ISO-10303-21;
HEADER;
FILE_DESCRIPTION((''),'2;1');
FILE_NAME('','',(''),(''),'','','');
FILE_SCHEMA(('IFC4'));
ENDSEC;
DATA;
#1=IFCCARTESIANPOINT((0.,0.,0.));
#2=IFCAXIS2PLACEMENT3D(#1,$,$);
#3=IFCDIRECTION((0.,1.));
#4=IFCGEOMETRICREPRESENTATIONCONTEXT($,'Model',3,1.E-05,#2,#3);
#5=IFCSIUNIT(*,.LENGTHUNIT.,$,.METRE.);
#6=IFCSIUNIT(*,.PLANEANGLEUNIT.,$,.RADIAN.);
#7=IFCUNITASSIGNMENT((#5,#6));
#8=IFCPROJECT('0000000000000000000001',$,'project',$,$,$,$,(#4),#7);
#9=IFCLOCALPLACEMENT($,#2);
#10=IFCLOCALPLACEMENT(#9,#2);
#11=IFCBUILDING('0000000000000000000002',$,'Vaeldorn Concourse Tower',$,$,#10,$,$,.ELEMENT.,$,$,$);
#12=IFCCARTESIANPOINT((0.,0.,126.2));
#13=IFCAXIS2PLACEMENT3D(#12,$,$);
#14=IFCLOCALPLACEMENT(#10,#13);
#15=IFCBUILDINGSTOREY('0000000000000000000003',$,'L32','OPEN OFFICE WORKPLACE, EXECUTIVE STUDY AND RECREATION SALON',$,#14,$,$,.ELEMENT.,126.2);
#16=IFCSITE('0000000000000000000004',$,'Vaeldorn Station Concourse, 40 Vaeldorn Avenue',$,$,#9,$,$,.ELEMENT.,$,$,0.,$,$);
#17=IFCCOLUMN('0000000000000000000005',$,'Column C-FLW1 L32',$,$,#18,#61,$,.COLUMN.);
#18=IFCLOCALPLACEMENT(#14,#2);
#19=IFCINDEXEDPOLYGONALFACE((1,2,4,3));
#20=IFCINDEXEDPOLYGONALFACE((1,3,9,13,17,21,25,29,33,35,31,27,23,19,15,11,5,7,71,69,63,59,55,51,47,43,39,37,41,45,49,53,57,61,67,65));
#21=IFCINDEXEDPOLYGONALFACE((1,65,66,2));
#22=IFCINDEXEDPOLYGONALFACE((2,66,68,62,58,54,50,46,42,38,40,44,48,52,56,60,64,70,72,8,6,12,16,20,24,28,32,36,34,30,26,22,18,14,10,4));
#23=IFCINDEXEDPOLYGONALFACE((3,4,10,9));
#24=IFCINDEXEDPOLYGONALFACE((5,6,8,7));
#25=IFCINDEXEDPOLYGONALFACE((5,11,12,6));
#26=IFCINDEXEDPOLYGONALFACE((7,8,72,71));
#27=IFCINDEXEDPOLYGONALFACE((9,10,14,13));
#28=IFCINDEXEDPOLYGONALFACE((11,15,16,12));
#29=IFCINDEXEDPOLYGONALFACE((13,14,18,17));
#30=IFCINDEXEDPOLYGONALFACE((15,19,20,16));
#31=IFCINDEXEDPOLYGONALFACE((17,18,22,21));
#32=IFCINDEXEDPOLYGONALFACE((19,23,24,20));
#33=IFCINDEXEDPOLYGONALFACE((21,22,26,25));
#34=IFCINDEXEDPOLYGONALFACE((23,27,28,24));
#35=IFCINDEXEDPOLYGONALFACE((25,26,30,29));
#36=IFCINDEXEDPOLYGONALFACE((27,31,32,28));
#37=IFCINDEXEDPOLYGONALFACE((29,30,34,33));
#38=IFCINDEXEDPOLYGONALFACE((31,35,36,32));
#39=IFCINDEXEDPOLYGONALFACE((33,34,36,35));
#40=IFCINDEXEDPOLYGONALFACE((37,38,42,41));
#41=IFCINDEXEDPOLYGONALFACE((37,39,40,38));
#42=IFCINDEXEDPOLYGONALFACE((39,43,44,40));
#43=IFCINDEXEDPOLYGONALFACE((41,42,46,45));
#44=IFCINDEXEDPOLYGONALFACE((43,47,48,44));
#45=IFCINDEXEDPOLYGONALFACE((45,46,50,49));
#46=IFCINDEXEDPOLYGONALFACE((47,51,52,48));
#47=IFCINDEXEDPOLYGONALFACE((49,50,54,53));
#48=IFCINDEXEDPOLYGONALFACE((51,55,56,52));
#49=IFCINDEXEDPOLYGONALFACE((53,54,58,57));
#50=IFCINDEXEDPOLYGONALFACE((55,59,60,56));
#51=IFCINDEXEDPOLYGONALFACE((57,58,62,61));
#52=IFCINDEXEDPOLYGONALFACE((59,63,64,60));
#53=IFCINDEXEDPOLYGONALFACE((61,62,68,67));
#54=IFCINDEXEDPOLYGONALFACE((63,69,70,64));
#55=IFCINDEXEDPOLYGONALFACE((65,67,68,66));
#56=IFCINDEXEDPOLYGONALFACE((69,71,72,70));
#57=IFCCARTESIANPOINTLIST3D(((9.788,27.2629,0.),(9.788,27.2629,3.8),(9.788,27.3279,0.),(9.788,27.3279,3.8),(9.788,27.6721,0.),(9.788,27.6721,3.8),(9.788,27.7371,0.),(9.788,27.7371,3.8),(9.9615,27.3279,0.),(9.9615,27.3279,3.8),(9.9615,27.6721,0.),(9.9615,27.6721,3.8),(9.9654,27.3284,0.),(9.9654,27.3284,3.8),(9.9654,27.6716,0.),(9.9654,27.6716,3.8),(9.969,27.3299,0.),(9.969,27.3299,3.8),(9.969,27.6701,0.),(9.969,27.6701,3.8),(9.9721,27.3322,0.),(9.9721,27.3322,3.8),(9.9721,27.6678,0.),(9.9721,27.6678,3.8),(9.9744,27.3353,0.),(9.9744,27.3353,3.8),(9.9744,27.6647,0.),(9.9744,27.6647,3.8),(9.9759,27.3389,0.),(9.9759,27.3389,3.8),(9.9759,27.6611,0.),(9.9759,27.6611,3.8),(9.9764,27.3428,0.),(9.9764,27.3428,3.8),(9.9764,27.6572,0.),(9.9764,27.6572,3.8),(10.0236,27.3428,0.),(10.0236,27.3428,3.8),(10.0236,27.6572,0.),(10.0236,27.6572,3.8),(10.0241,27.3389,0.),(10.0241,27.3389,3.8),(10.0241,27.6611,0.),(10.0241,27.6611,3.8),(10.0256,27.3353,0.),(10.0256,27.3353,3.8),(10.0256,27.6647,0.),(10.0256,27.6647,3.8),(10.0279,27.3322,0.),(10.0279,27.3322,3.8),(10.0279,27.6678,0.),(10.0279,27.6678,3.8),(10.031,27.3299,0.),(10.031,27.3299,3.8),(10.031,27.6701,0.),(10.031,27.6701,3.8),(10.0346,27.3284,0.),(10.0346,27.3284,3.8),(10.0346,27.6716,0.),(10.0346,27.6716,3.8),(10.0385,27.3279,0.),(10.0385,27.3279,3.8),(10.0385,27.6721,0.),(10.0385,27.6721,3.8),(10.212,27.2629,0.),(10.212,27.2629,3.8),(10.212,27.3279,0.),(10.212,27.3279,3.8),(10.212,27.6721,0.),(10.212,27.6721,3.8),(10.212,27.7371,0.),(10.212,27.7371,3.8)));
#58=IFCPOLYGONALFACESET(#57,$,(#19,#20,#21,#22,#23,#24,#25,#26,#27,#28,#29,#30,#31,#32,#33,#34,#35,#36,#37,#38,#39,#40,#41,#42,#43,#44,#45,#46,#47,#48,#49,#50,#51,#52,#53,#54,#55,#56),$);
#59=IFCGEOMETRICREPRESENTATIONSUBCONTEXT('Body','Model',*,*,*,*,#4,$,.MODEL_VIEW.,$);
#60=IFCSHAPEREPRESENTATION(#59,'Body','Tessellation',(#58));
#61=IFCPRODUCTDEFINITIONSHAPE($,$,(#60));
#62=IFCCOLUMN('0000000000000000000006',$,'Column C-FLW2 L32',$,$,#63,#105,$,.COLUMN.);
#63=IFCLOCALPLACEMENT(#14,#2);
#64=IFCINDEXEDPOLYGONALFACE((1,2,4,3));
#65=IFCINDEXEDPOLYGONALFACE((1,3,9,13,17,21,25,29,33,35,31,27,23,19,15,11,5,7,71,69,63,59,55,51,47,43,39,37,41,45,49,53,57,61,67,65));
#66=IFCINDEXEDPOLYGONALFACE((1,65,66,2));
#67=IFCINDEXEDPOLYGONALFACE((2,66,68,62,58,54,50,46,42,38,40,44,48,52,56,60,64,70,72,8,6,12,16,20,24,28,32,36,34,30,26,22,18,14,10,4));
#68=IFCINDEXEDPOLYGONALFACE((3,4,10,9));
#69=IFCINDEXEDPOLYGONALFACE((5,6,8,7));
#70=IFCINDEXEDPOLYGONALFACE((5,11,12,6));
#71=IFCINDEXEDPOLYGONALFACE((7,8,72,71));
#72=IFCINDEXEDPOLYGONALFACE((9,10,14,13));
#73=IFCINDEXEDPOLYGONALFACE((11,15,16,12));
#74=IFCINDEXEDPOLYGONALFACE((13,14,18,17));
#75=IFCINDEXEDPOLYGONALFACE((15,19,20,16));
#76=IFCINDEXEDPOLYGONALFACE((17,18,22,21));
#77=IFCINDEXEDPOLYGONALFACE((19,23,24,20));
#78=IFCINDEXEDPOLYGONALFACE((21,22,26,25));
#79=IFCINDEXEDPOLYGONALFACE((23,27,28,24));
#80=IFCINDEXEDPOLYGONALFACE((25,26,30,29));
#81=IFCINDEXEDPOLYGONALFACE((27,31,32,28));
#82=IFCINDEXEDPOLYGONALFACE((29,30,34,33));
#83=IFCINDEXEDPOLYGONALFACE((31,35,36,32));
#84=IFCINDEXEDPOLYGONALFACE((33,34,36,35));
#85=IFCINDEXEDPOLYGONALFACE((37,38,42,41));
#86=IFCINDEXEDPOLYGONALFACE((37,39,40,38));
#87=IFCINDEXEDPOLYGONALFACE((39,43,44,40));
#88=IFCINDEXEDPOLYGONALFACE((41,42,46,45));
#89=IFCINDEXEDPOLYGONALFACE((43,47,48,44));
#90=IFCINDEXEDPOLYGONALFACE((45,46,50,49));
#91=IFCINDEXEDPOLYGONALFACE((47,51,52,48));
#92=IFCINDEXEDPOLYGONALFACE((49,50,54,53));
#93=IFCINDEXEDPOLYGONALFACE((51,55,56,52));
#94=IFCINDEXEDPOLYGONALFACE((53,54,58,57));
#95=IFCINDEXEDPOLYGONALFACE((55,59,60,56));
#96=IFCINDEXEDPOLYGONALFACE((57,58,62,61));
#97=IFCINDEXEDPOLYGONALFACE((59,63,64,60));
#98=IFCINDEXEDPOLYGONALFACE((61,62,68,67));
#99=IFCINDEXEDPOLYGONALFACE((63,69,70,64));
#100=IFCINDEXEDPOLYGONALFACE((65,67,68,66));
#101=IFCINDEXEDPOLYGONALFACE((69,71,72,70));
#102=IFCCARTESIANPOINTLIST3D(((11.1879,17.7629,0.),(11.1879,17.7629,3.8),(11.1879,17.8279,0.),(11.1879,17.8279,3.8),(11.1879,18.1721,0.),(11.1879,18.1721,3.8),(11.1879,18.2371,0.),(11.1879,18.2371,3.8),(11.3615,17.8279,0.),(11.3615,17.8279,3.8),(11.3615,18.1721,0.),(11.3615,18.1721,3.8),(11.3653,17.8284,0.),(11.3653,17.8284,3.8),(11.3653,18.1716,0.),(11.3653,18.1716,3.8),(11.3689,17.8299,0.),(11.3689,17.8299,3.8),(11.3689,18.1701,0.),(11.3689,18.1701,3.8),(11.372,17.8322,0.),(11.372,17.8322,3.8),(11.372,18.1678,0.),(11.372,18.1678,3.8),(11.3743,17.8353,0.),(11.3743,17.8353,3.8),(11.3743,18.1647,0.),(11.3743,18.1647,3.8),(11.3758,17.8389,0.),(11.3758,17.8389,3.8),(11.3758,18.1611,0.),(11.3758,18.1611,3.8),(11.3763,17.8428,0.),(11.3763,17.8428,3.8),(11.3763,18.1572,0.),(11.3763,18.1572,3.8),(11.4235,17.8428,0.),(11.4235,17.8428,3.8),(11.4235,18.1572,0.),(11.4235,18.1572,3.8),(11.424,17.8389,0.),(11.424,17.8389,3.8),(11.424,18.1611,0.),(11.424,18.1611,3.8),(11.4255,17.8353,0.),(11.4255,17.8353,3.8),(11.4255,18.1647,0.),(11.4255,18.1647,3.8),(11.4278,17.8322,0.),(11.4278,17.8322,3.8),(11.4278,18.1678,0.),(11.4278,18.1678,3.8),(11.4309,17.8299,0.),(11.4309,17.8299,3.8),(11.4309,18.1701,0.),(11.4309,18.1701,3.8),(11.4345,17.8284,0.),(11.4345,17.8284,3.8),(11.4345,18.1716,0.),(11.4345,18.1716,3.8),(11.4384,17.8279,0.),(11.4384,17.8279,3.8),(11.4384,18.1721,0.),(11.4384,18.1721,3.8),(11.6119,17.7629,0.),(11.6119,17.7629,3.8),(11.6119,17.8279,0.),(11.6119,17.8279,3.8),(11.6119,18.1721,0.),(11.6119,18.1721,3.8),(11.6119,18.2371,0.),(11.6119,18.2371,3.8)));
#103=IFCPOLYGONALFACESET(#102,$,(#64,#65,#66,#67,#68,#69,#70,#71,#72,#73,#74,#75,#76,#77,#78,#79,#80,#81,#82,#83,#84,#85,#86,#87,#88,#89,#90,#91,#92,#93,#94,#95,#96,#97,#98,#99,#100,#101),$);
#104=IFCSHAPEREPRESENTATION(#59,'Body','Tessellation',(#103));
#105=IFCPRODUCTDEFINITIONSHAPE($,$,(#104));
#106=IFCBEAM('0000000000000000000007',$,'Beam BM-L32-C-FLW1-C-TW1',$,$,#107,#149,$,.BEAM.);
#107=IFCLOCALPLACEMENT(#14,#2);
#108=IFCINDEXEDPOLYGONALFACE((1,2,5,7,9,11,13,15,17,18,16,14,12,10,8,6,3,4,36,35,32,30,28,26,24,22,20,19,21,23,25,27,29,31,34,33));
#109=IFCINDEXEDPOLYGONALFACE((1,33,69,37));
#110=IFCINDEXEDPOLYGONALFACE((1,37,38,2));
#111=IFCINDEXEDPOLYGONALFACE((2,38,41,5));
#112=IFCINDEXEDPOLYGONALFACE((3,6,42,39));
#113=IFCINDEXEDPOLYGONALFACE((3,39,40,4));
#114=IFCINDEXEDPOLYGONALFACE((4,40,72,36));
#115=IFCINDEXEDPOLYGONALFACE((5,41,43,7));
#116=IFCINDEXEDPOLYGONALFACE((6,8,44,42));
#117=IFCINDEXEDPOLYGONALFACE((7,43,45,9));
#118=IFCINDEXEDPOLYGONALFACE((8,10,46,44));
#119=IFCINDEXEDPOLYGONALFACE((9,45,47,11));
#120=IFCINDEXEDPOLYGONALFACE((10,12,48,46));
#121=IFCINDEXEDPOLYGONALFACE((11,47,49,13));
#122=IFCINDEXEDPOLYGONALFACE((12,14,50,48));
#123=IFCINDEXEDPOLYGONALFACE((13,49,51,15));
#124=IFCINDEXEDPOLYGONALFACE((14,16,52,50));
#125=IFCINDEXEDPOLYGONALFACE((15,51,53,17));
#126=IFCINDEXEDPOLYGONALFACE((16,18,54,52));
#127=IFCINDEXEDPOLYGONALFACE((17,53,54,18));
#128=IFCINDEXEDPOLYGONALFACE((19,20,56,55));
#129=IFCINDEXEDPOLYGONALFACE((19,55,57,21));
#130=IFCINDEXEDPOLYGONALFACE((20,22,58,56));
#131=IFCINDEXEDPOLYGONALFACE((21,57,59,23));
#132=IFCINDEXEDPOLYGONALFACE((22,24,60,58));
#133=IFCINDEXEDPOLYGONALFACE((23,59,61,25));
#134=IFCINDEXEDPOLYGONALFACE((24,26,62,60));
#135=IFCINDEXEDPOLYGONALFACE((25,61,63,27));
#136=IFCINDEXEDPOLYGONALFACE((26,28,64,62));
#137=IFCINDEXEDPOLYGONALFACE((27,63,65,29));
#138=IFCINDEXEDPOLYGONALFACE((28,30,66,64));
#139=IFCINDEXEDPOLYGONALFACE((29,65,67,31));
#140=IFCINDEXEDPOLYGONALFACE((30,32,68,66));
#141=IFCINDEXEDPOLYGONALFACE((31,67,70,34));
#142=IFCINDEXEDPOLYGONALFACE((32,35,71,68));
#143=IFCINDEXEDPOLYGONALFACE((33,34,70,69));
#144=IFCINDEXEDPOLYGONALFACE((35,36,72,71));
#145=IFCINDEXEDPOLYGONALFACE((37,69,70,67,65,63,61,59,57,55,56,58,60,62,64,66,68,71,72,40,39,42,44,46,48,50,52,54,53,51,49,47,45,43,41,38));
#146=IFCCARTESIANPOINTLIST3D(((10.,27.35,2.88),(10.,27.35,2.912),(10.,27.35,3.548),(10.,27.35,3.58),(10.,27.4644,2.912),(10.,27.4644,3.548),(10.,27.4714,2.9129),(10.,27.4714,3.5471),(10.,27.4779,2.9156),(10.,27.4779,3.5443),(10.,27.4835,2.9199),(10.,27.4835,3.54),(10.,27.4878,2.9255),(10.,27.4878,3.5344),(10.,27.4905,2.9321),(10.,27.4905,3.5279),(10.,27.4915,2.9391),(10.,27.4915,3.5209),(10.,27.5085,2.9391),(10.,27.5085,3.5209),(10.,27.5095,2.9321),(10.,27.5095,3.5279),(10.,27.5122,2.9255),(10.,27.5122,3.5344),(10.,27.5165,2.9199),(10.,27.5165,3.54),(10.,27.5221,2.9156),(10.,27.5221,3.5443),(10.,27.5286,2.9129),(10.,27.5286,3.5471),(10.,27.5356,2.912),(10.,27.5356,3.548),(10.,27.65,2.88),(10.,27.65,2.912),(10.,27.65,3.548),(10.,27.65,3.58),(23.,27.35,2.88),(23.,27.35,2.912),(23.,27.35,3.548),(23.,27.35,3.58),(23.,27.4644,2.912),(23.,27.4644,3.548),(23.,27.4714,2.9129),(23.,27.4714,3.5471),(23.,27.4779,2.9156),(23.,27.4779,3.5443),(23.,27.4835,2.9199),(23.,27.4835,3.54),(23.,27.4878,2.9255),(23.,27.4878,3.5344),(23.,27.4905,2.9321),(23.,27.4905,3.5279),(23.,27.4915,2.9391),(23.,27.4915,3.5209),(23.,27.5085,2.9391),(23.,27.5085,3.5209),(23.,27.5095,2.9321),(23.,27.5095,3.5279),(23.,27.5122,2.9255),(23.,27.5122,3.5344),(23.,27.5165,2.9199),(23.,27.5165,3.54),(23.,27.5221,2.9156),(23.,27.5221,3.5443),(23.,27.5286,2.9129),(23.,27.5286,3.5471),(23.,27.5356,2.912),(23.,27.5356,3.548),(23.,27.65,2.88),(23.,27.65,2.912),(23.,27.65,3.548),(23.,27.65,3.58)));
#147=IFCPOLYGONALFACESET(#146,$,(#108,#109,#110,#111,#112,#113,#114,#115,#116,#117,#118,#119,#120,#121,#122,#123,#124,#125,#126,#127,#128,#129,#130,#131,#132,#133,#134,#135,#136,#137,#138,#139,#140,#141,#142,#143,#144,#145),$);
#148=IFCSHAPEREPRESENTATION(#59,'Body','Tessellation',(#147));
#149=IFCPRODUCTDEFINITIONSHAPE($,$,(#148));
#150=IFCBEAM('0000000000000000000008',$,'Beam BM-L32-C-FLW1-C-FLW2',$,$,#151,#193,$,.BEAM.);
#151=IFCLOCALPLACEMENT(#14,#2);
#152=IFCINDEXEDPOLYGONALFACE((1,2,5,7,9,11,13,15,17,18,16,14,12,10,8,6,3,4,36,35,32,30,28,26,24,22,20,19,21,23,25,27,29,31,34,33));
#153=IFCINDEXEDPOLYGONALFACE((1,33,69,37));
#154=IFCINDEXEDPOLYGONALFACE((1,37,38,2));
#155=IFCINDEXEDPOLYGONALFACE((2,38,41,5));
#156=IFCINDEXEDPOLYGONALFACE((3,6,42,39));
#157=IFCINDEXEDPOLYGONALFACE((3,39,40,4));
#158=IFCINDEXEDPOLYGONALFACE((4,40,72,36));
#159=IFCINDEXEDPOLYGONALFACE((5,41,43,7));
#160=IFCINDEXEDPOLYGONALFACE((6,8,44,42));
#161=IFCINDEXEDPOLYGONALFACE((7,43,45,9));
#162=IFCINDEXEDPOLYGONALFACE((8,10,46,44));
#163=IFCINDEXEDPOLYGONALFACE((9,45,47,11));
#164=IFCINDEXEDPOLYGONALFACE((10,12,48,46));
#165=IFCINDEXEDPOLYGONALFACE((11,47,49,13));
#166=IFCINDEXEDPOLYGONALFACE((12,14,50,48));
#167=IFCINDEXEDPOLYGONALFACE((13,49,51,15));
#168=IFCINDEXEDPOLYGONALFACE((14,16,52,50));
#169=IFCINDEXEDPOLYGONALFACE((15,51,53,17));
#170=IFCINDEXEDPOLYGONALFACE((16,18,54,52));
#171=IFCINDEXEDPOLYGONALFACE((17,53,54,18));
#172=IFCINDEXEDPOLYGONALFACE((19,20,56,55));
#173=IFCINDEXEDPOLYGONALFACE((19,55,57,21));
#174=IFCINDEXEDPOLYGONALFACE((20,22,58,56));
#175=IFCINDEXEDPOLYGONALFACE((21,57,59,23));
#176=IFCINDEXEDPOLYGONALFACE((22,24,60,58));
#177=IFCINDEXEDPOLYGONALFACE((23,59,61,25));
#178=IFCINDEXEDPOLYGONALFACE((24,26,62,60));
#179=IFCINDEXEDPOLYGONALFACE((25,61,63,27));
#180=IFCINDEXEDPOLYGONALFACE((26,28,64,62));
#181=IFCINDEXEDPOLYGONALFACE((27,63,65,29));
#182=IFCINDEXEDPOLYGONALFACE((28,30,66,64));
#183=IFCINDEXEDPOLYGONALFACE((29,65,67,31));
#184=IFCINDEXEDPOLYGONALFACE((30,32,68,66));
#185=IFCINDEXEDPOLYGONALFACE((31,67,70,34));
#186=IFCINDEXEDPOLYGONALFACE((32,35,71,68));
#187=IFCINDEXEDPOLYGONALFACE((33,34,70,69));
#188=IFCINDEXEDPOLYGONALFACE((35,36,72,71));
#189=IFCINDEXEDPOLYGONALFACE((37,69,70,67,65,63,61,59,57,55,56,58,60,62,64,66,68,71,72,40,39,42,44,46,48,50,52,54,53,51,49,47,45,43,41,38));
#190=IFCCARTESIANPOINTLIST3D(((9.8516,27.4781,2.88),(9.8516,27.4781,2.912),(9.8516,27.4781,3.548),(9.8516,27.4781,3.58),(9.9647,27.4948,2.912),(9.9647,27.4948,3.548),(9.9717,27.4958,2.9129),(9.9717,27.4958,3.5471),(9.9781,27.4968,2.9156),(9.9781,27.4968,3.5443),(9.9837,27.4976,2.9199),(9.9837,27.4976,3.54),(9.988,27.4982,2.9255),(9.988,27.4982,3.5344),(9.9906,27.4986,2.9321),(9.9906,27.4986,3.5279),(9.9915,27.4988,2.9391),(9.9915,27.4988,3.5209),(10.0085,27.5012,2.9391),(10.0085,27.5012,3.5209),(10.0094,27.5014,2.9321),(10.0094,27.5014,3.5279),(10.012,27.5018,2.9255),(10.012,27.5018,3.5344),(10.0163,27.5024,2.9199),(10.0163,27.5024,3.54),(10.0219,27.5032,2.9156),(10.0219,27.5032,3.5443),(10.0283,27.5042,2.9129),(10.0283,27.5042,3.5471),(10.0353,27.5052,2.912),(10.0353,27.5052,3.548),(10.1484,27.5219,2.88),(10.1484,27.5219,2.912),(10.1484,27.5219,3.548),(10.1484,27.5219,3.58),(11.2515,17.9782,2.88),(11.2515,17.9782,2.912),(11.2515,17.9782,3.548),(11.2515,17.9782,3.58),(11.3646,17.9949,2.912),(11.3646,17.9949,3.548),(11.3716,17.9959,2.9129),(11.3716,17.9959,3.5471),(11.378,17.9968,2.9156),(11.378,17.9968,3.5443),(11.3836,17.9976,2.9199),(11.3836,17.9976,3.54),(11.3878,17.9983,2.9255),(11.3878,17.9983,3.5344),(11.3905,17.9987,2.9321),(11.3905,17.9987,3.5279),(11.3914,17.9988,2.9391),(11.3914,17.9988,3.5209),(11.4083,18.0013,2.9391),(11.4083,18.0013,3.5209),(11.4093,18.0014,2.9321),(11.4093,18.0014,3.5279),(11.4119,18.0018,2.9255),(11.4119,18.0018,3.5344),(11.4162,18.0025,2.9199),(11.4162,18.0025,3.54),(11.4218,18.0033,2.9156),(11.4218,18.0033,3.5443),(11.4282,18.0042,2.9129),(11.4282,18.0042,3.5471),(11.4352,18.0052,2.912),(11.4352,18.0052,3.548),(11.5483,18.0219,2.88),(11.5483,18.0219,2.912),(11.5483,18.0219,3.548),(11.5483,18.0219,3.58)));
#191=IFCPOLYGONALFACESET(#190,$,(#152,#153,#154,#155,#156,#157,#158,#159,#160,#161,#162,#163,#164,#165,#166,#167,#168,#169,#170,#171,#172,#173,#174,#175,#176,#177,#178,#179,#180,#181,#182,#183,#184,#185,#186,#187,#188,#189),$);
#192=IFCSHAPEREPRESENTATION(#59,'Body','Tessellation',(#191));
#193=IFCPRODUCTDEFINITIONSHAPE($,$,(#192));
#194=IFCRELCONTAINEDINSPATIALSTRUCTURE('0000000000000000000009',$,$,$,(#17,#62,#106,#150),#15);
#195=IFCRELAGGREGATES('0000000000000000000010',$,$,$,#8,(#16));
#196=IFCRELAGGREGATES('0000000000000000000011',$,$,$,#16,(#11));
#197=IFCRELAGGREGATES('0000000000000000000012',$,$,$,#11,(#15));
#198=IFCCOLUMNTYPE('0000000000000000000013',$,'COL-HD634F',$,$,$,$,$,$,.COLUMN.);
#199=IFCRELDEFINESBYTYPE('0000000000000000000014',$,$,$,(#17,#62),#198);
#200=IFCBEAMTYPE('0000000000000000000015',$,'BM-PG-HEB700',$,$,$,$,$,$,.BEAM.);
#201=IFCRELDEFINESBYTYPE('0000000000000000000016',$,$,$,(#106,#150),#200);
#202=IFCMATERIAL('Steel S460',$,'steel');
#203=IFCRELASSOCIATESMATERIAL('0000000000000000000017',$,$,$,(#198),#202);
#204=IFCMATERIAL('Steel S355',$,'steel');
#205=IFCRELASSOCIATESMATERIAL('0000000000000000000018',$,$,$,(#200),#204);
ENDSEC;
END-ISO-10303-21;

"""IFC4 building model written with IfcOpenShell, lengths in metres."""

from ifc_helpers import new_model, si_unit, direction, frame, origin, origin_2d, place, context, subcontext, project, spatial, i_section, extrude, source, transform, mapped, material, material_profile, profile_set, type_object, element, save


model = new_model("IFC4")

# Units and contexts
model_context = context("Model", 3, precision=1e-05, world=origin(), true_north=direction((0.0, 1.0)))
body_context = subcontext(model_context, "Body", "Model", "MODEL_VIEW")
ifc_project = project(units=[si_unit("LENGTHUNIT", "METRE"), si_unit("PLANEANGLEUNIT", "RADIAN")], contexts=[model_context])

# Site, building, storey
site_placement = place(None, origin())
site = spatial("IfcSite", under=ifc_project, at=site_placement, Name="Vaeldorn Station Concourse, 40 Vaeldorn Avenue", CompositionType="ELEMENT", RefElevation=0.0)
building_placement = place(site_placement, origin())
building = spatial("IfcBuilding", under=site, at=building_placement, Name="Vaeldorn Concourse Tower", CompositionType="ELEMENT")
storey_placement = place(building_placement, frame((0.0, 0.0, 126.2)))
storey = spatial("IfcBuildingStorey", under=building, at=storey_placement, Name="L32", Description="OPEN OFFICE WORKPLACE, EXECUTIVE STUDY AND RECREATION SALON", CompositionType="ELEMENT", Elevation=126.2)

# Columns
ifc_material_1 = material(Name="Steel S460", Category="steel")
ifc_material_profile_1 = material_profile(ifc_material_1, i_section(OverallWidth=0.4241, OverallDepth=0.4741, WebThickness=0.0471, FlangeThickness=0.0649, FilletRadius=0.0149, at=origin_2d()), Name="HD 400x634")
ifc_profile_set_1 = profile_set([ifc_material_profile_1], Name="Steel S460")
column_type = type_object("IfcColumnType", Name="COL-HD634F", PredefinedType="COLUMN", material=ifc_profile_set_1)
shared_shape_1 = source(origin(), body_context, "Body", "SweptSolid", [
    extrude(i_section(OverallWidth=0.4241, OverallDepth=0.4741, WebThickness=0.0471, FlangeThickness=0.0649, FilletRadius=0.0149, at=origin_2d()), origin(), (0.0, 0.0, 1.0), 3.8),
])
for number, where, z_axis, x_axis, name in (
    (1, (10.0, 27.5, 0.0), (0.0, 0.0, 1.0), (1.0, 0.0, 0.0), "Column C-FLW1 L32"),
    (2, (11.3999, 18.0, 0.0), (0.0, 0.0, 1.0), (1.0, 0.0, 0.0), "Column C-FLW2 L32"),
):
    element("IfcColumn", number, at=place(storey_placement, frame(where, z_axis=z_axis, x_axis=x_axis)), inside=storey, type_object=column_type, Name=name, PredefinedType="COLUMN", context=body_context, shape_type="MappedRepresentation", body=[
        mapped(shared_shape_1, transform((0.0, 0.0, 0.0), scale=1.0)),
    ])

# Beams
ifc_material_2 = material(Name="Steel S355", Category="steel")
ifc_material_profile_2 = material_profile(ifc_material_2, i_section(OverallWidth=0.3, OverallDepth=0.7, WebThickness=0.0171, FlangeThickness=0.032, FilletRadius=0.0271, at=origin_2d()), Name="HEB 700")
ifc_profile_set_2 = profile_set([ifc_material_profile_2], Name="Steel S355")
beam_type_1 = type_object("IfcBeamType", Name="BM-PG-HEB700", PredefinedType="BEAM", material=ifc_profile_set_2)
shared_shape_2 = source(origin(), body_context, "Body", "SweptSolid", [
    extrude(i_section(OverallWidth=0.3, OverallDepth=0.7, WebThickness=0.0171, FlangeThickness=0.032, FilletRadius=0.0271, at=origin_2d()), origin(), (0.0, 0.0, 1.0), 13.0),
])
beam_1_placement = place(storey_placement, frame((10.0, 27.5, 3.23), z_axis=(1.0, 0.0, 0.0), x_axis=(0.0, 1.0, 0.0)))
element("IfcBeam", 3, at=beam_1_placement, inside=storey, type_object=beam_type_1, Name="Beam BM-L32-C-FLW1-C-TW1", PredefinedType="BEAM", context=body_context, shape_type="MappedRepresentation", body=[
    mapped(shared_shape_2, transform((0.0, 0.0, 0.0), scale=1.0)),
])
shared_shape_3 = source(origin(), body_context, "Body", "SweptSolid", [
    extrude(i_section(OverallWidth=0.3, OverallDepth=0.7, WebThickness=0.0171, FlangeThickness=0.032, FilletRadius=0.0271, at=origin_2d()), origin(), (0.0, 0.0, 1.0), 9.6025),
])
beam_2_placement = place(storey_placement, frame((10.0, 27.5, 3.23), z_axis=(0.145784, -0.989316, 0.0), x_axis=(0.989316, 0.145784, 0.0)))
element("IfcBeam", 4, at=beam_2_placement, inside=storey, type_object=beam_type_1, Name="Beam BM-L32-C-FLW1-C-FLW2", PredefinedType="BEAM", context=body_context, shape_type="MappedRepresentation", body=[
    mapped(shared_shape_3, transform((0.0, 0.0, 0.0), scale=1.0)),
])

save(model, "model.ifc")
